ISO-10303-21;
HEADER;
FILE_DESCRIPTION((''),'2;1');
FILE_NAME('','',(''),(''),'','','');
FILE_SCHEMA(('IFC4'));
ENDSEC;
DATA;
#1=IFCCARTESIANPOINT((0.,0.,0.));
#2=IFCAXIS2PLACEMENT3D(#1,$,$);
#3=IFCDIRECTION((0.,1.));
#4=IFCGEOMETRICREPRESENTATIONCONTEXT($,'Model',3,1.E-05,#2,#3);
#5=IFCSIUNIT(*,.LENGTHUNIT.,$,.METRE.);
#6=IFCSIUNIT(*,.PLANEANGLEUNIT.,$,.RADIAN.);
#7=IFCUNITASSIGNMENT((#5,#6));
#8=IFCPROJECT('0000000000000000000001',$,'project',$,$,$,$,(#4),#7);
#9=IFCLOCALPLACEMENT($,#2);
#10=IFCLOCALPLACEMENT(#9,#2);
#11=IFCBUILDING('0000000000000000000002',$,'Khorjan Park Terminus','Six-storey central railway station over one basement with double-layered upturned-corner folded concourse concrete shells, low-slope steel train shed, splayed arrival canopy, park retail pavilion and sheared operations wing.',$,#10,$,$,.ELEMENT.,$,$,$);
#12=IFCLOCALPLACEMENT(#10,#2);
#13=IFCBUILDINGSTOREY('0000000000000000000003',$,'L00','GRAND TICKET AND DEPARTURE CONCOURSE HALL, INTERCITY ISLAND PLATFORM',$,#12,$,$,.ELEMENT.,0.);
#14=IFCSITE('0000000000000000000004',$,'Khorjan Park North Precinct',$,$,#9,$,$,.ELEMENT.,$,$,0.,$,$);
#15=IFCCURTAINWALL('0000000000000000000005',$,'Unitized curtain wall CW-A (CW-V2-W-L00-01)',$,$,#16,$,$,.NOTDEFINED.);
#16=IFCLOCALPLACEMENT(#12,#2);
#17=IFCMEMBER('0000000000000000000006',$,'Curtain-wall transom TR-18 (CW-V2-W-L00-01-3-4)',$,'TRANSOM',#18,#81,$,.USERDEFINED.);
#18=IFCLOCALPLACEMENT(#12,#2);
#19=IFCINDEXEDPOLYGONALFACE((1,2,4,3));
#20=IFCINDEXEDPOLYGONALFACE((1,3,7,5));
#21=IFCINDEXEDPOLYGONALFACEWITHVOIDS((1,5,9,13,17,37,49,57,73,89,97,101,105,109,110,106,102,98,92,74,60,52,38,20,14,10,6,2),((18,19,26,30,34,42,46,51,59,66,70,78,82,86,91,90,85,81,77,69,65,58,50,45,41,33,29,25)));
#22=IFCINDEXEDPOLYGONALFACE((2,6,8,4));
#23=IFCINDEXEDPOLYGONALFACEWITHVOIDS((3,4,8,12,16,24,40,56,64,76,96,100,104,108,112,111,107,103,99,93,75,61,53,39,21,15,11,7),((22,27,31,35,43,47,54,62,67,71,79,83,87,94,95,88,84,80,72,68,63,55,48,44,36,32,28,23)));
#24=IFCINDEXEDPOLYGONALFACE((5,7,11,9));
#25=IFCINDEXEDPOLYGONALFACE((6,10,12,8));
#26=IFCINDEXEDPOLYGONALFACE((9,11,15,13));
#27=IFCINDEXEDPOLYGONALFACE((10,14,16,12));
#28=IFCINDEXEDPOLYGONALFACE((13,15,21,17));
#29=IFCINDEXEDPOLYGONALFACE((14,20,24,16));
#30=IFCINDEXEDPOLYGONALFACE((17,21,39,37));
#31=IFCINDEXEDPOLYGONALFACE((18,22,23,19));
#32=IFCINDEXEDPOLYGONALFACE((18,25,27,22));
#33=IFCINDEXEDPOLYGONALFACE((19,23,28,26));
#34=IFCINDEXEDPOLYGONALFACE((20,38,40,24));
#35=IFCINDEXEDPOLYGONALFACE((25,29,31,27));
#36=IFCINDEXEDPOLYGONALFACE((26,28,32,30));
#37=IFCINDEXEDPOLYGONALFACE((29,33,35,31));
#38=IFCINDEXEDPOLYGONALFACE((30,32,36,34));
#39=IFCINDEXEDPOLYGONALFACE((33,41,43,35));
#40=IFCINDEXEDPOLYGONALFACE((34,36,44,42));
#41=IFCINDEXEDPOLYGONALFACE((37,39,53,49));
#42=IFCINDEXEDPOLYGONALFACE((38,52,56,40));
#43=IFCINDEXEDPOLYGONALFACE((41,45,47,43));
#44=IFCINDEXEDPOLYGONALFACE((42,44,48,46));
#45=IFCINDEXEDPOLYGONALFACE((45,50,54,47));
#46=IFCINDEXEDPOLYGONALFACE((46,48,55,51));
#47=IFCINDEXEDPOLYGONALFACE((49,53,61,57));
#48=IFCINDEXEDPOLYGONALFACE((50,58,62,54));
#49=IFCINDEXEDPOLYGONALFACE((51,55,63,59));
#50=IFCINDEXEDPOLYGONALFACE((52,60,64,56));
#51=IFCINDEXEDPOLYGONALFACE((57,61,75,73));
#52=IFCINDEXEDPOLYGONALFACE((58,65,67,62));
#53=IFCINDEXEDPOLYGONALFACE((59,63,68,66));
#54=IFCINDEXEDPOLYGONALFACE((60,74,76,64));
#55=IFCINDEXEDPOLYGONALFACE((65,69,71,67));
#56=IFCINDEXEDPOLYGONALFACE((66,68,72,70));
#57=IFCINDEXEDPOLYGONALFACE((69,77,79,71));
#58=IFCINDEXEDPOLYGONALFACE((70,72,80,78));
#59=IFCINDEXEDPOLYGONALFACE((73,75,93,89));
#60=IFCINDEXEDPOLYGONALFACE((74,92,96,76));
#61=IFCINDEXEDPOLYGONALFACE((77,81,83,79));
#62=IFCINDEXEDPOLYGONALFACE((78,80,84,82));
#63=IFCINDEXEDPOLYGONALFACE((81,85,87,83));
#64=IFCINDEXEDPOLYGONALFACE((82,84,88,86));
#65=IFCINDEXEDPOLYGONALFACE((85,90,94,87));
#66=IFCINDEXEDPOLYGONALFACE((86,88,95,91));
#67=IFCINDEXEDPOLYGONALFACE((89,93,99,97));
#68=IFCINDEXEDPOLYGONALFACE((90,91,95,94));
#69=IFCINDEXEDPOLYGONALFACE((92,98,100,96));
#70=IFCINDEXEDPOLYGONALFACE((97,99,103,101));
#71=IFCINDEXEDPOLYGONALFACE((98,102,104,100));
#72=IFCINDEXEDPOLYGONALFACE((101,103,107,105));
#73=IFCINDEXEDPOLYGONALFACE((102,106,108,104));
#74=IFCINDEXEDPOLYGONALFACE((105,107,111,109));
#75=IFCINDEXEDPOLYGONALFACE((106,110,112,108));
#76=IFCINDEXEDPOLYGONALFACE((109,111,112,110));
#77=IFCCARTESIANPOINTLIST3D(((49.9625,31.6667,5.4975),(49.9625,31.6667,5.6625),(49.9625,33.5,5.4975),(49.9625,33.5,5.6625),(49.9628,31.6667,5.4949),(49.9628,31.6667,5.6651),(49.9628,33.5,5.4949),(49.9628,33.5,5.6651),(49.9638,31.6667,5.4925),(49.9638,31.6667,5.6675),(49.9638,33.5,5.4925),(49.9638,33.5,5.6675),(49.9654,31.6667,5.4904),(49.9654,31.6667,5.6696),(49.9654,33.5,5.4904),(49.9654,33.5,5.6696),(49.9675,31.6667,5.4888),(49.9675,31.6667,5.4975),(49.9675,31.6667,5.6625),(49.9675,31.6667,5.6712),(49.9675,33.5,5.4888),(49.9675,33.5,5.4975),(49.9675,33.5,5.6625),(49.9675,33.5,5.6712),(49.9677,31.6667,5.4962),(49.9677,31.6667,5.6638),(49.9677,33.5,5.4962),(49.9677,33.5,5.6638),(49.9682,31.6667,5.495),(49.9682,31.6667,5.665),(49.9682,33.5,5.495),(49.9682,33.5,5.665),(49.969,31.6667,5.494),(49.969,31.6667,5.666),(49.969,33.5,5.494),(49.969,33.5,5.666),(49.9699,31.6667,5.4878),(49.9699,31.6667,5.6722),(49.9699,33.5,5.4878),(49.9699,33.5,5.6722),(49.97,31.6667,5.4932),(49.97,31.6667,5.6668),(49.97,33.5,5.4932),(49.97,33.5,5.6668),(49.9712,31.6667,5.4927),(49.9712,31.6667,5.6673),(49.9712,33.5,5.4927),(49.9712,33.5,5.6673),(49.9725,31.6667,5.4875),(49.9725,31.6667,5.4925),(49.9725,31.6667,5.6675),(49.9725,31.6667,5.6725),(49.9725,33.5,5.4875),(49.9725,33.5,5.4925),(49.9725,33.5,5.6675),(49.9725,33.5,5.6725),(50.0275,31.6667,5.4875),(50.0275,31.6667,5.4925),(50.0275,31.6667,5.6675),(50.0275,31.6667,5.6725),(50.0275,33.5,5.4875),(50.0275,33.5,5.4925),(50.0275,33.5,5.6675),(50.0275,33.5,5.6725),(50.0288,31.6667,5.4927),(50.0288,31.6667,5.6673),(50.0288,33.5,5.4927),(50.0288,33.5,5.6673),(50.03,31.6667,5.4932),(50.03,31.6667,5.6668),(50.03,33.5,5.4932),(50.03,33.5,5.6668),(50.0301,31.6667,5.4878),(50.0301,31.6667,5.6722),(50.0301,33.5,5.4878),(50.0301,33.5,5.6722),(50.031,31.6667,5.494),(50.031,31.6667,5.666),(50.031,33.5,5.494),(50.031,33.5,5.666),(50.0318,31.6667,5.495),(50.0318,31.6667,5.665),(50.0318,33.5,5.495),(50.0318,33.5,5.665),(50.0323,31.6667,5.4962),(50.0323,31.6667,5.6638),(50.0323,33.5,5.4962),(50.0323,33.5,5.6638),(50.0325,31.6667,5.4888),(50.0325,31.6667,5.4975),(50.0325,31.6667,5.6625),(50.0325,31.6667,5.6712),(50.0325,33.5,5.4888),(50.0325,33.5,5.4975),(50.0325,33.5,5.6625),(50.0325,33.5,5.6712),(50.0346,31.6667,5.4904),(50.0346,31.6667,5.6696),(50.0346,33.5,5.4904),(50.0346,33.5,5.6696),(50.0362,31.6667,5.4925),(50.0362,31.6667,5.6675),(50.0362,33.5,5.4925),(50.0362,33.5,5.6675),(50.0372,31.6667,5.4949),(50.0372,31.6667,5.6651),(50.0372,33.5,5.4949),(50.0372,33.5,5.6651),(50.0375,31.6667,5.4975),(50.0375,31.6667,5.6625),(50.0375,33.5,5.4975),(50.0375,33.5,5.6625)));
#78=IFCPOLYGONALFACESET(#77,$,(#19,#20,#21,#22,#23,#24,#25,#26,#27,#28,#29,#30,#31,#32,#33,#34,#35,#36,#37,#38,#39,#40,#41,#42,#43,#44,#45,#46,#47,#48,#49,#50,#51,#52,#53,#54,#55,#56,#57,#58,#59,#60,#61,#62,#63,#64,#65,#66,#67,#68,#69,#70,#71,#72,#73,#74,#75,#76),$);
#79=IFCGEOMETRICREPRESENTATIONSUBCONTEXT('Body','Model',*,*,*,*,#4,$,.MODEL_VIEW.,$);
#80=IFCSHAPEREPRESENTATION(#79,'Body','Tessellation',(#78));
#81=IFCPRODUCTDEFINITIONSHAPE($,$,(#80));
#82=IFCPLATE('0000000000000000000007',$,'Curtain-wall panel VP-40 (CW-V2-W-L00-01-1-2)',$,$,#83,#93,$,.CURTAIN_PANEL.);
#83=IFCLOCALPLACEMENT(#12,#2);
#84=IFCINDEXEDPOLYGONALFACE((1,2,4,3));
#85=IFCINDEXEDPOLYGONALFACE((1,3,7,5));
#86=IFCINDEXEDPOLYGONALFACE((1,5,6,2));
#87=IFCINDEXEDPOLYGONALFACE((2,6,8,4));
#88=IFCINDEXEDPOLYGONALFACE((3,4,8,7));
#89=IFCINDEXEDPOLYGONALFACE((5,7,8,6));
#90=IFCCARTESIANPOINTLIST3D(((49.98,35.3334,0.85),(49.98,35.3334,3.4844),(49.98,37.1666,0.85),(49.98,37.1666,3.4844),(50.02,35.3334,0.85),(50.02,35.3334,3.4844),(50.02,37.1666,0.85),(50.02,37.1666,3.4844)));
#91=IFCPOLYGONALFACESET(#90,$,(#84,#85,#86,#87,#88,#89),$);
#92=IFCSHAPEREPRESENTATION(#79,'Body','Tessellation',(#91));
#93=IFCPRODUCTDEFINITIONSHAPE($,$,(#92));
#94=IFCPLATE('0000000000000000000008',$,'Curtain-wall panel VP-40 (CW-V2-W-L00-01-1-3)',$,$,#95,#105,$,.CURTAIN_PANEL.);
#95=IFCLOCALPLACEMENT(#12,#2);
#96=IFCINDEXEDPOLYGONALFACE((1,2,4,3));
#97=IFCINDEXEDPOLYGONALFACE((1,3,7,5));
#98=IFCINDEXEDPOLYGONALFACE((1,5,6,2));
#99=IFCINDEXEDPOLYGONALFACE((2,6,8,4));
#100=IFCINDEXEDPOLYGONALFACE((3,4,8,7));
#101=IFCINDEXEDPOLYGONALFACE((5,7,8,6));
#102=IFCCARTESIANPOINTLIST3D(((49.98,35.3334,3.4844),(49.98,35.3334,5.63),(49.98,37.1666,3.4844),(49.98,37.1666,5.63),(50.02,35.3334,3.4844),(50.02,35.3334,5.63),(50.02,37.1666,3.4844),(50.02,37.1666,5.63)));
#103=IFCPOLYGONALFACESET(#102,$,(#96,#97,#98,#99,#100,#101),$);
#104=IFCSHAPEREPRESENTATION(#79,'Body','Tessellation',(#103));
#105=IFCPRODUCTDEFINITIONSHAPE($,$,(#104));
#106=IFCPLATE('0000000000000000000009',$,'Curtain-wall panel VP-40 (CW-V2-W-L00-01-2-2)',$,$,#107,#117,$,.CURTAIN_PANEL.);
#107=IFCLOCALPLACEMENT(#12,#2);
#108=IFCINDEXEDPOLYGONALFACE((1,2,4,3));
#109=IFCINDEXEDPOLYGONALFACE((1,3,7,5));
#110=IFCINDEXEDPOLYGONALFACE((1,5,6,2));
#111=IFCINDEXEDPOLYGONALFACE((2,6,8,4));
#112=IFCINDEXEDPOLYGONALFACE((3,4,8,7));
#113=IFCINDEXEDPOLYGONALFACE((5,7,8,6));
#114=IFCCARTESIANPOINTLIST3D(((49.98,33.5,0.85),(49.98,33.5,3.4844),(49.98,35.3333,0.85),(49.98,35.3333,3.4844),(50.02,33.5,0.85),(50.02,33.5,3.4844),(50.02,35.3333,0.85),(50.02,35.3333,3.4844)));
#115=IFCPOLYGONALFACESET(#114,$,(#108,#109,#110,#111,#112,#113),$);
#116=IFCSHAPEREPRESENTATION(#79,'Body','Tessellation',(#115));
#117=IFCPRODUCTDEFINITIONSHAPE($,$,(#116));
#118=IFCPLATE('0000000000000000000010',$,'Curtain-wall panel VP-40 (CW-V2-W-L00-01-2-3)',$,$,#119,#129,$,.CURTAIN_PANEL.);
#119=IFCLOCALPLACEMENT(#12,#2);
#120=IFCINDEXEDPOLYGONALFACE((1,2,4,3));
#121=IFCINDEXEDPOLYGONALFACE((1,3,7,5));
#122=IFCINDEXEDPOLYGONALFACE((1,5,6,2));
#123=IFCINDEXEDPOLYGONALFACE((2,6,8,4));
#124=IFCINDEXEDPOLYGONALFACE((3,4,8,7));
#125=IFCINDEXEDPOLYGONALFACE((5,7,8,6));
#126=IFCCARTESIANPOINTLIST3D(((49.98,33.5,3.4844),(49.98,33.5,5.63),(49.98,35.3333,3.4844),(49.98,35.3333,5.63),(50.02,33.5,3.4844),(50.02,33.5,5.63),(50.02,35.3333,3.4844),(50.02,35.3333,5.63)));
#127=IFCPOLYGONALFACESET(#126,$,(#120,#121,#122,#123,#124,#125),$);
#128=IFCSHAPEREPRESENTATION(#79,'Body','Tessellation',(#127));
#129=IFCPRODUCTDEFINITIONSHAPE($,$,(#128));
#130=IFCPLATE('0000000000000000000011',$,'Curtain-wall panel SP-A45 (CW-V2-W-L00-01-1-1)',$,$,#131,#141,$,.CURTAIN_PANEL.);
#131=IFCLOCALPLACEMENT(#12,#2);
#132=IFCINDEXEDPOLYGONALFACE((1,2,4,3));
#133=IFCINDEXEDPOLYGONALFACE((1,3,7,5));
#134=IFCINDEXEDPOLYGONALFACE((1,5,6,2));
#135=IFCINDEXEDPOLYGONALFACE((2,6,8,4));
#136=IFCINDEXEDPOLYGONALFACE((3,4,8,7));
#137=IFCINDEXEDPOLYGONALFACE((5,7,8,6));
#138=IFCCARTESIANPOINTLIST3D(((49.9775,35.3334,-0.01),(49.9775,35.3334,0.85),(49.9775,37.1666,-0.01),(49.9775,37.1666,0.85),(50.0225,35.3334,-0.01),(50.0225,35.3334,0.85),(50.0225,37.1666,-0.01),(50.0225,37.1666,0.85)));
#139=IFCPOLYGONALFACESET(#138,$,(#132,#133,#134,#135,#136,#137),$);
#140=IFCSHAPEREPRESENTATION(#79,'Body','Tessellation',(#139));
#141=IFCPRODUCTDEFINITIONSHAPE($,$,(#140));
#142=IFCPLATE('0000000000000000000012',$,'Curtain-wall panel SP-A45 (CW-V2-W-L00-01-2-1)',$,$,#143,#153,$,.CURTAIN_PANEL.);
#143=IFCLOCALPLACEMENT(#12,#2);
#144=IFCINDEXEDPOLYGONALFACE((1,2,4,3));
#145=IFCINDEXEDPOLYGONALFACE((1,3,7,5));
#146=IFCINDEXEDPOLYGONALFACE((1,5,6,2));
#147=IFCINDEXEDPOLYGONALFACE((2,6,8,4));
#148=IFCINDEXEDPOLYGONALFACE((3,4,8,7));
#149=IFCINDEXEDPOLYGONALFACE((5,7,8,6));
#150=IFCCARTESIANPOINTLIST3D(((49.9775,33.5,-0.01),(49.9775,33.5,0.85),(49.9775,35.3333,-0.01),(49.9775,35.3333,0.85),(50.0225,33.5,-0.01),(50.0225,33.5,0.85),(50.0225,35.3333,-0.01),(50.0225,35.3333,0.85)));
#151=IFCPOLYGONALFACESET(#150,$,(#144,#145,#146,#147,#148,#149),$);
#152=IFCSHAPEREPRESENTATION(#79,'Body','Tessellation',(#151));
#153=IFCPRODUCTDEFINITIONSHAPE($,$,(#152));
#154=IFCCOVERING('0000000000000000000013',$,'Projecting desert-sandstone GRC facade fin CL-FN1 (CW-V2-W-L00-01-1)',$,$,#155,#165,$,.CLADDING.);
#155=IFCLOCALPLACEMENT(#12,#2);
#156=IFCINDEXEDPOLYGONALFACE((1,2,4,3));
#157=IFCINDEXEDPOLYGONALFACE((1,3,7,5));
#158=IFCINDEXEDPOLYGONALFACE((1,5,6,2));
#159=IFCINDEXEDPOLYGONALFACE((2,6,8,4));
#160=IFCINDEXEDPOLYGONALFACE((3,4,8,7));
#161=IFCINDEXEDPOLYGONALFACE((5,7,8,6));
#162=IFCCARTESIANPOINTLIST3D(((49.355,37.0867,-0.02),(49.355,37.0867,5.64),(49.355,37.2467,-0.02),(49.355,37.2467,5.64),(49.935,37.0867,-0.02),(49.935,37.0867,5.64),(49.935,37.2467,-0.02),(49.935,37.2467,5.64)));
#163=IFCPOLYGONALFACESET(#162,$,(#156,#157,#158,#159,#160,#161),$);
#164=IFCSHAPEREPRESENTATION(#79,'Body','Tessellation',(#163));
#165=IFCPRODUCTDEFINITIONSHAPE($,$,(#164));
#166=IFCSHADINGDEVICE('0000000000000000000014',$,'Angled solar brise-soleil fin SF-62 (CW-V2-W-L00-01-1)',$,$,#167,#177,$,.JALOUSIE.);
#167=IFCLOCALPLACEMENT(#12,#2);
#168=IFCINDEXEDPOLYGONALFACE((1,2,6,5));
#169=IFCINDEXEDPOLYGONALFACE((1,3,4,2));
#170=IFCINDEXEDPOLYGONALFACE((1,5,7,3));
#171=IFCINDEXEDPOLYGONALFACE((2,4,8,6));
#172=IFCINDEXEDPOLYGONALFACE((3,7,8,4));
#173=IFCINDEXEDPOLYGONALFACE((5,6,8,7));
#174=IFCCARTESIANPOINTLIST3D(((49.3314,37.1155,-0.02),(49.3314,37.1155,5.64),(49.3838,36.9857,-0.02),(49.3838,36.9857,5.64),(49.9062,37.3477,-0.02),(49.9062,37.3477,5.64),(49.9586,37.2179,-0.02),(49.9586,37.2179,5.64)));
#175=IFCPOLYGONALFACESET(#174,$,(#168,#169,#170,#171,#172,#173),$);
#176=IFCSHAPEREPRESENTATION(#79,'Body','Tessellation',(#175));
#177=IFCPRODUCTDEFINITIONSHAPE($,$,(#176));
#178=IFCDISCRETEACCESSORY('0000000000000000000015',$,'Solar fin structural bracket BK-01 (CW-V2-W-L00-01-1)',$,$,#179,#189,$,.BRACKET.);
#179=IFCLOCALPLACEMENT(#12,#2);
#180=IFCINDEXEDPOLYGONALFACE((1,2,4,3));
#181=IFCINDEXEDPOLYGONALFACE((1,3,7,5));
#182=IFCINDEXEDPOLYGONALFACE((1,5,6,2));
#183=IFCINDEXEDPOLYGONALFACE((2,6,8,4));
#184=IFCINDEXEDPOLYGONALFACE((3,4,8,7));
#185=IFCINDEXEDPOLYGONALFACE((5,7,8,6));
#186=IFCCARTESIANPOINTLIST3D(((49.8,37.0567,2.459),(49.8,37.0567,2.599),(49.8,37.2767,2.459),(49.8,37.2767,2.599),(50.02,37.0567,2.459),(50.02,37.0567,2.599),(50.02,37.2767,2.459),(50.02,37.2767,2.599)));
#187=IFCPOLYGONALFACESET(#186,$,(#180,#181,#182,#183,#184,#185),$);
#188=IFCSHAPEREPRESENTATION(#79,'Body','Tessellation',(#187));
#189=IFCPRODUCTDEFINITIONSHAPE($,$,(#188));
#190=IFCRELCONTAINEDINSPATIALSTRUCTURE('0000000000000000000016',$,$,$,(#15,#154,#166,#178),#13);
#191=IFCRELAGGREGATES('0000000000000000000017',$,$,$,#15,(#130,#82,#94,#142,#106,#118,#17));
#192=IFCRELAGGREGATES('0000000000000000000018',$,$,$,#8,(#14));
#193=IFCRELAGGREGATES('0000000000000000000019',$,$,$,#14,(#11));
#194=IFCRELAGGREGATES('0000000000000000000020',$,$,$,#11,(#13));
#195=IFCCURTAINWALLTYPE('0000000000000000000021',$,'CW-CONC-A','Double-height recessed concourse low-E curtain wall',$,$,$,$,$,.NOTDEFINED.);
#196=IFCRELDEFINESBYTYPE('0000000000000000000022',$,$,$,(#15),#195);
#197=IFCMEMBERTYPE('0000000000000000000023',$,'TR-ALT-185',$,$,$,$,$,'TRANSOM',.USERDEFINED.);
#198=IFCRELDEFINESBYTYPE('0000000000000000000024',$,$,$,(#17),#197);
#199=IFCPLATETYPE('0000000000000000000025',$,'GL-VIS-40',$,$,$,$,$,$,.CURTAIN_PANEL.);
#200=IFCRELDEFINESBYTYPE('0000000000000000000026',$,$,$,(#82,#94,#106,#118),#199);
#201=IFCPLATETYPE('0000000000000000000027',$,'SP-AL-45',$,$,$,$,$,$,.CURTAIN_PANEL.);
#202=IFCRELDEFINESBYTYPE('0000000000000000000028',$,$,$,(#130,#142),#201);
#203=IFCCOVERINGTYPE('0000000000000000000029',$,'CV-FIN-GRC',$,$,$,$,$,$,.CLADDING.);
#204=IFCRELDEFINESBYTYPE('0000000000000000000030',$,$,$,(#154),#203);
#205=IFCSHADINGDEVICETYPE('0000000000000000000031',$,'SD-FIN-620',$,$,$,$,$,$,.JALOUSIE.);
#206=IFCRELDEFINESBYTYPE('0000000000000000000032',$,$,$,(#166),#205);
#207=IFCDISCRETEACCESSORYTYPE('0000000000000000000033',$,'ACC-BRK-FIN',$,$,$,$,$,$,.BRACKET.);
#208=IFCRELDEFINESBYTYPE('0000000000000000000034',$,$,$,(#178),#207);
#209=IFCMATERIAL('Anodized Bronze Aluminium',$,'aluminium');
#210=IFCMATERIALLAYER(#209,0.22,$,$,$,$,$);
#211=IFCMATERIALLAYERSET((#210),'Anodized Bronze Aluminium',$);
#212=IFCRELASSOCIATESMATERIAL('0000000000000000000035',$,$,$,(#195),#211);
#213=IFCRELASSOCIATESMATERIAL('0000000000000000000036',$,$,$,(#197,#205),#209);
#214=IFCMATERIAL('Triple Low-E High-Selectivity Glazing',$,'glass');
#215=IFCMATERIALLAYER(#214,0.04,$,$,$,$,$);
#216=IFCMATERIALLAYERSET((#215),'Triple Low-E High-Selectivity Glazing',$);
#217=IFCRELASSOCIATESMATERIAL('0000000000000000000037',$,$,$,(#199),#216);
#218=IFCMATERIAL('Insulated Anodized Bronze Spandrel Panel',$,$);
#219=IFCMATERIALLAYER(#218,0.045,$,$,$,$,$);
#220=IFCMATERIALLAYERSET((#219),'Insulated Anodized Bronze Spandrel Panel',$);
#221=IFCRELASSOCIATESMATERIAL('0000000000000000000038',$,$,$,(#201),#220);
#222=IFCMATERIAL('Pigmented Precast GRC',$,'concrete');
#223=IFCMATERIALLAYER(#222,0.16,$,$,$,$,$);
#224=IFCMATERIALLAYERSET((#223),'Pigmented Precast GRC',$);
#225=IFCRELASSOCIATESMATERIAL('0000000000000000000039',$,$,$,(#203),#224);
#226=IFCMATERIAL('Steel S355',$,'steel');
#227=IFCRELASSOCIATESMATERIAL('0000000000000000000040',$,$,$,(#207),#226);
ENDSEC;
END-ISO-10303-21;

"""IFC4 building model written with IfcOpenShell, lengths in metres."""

from ifc_helpers import new_model, si_unit, direction, frame, origin, origin_2d, place, context, subcontext, project, spatial, rectangle, hollow_rectangle, extrude, material, layer, layer_set, material_profile, profile_set, type_object, element, aggregate, save


model = new_model("IFC4")

# Units and contexts
model_context = context("Model", 3, precision=1e-05, world=origin(), true_north=direction((0.0, 1.0)))
body_context = subcontext(model_context, "Body", "Model", "MODEL_VIEW")
ifc_project = project(units=[si_unit("LENGTHUNIT", "METRE"), si_unit("PLANEANGLEUNIT", "RADIAN")], contexts=[model_context])

# Site, building, storey
site_placement = place(None, origin())
site = spatial("IfcSite", under=ifc_project, at=site_placement, Name="Khorjan Park North Precinct", CompositionType="ELEMENT", RefElevation=0.0)
building_placement = place(site_placement, origin())
building = spatial("IfcBuilding", under=site, at=building_placement, Name="Khorjan Park Terminus", Description="Six-storey central railway station over one basement with double-layered upturned-corner folded concourse concrete shells, low-slope steel train shed, splayed arrival canopy, park retail pavilion and sheared operations wing.", CompositionType="ELEMENT")
storey_placement = place(building_placement, origin())
storey = spatial("IfcBuildingStorey", under=building, at=storey_placement, Name="L00", Description="GRAND TICKET AND DEPARTURE CONCOURSE HALL, INTERCITY ISLAND PLATFORM", CompositionType="ELEMENT", Elevation=0.0)

# Shared definitions
ifc_material_1 = material(Name="Steel S355", Category="steel")

# Curtain wall, member, plates
ifc_material_2 = material(Name="Anodized Bronze Aluminium", Category="aluminium")
ifc_layer_1 = layer(ifc_material_2, 0.22)
ifc_layer_set_1 = layer_set([ifc_layer_1], Name="Anodized Bronze Aluminium")
curtain_wall_type = type_object("IfcCurtainWallType", Name="CW-CONC-A", Description="Double-height recessed concourse low-E curtain wall", PredefinedType="NOTDEFINED", material=ifc_layer_set_1)
curtain_wall_placement = place(storey_placement, origin())
curtain_wall = element("IfcCurtainWall", 1, at=curtain_wall_placement, inside=storey, type_object=curtain_wall_type, Name="Unitized curtain wall CW-A (CW-V2-W-L00-01)", PredefinedType="NOTDEFINED")
ifc_material_profile_1 = material_profile(ifc_material_2, hollow_rectangle(XDim=0.075, YDim=0.185, WallThickness=0.005, InnerFilletRadius=0.005, OuterFilletRadius=0.01, at=origin_2d()), Name="ALT 75x185x5")
ifc_profile_set_1 = profile_set([ifc_material_profile_1], Name="Anodized Bronze Aluminium")
member_type_1 = type_object("IfcMemberType", Name="TR-ALT-185", ElementType="TRANSOM", PredefinedType="USERDEFINED", material=ifc_profile_set_1)
member_1_placement = place(storey_placement, frame((50.0, 33.5, 5.58), z_axis=(0.0, -1.0, 0.0), x_axis=(1.0, 0.0, 0.0)))
member_1 = element("IfcMember", 2, at=member_1_placement, type_object=member_type_1, Name="Curtain-wall transom TR-18 (CW-V2-W-L00-01-3-4)", ObjectType="TRANSOM", PredefinedType="USERDEFINED", context=body_context, shape_type="SweptSolid", body=[
    extrude(hollow_rectangle(XDim=0.075, YDim=0.185, WallThickness=0.005, InnerFilletRadius=0.005, OuterFilletRadius=0.01, at=origin_2d()), origin(), (0.0, 0.0, 1.0), 1.8333),
])
ifc_material_3 = material(Name="Triple Low-E High-Selectivity Glazing", Category="glass")
ifc_layer_2 = layer(ifc_material_3, 0.04)
ifc_layer_set_2 = layer_set([ifc_layer_2], Name="Triple Low-E High-Selectivity Glazing")
plate_type_1 = type_object("IfcPlateType", Name="GL-VIS-40", PredefinedType="CURTAIN_PANEL", material=ifc_layer_set_2)
plate_1_placement = place(storey_placement, frame((50.0, 36.25, 0.85), z_axis=(0.0, 0.0, 1.0), x_axis=(0.0, -1.0, 0.0)))
plate_1 = element("IfcPlate", 3, at=plate_1_placement, type_object=plate_type_1, Name="Curtain-wall panel VP-40 (CW-V2-W-L00-01-1-2)", PredefinedType="CURTAIN_PANEL", context=body_context, shape_type="SweptSolid", body=[
    extrude(rectangle(XDim=1.8333, YDim=0.04, at=origin_2d()), origin(), (0.0, 0.0, 1.0), 2.6344),
])
plate_2_placement = place(storey_placement, frame((50.0, 36.25, 3.4844), z_axis=(0.0, 0.0, 1.0), x_axis=(0.0, -1.0, 0.0)))
plate_2 = element("IfcPlate", 4, at=plate_2_placement, type_object=plate_type_1, Name="Curtain-wall panel VP-40 (CW-V2-W-L00-01-1-3)", PredefinedType="CURTAIN_PANEL", context=body_context, shape_type="SweptSolid", body=[
    extrude(rectangle(XDim=1.8333, YDim=0.04, at=origin_2d()), origin(), (0.0, 0.0, 1.0), 2.1456),
])
plate_3_placement = place(storey_placement, frame((50.0, 34.4167, 0.85), z_axis=(0.0, 0.0, 1.0), x_axis=(0.0, -1.0, 0.0)))
plate_3 = element("IfcPlate", 5, at=plate_3_placement, type_object=plate_type_1, Name="Curtain-wall panel VP-40 (CW-V2-W-L00-01-2-2)", PredefinedType="CURTAIN_PANEL", context=body_context, shape_type="SweptSolid", body=[
    extrude(rectangle(XDim=1.8333, YDim=0.04, at=origin_2d()), origin(), (0.0, 0.0, 1.0), 2.6344),
])
plate_4_placement = place(storey_placement, frame((50.0, 34.4167, 3.4844), z_axis=(0.0, 0.0, 1.0), x_axis=(0.0, -1.0, 0.0)))
plate_4 = element("IfcPlate", 6, at=plate_4_placement, type_object=plate_type_1, Name="Curtain-wall panel VP-40 (CW-V2-W-L00-01-2-3)", PredefinedType="CURTAIN_PANEL", context=body_context, shape_type="SweptSolid", body=[
    extrude(rectangle(XDim=1.8333, YDim=0.04, at=origin_2d()), origin(), (0.0, 0.0, 1.0), 2.1456),
])
ifc_material_4 = material(Name="Insulated Anodized Bronze Spandrel Panel")
ifc_layer_3 = layer(ifc_material_4, 0.045)
ifc_layer_set_3 = layer_set([ifc_layer_3], Name="Insulated Anodized Bronze Spandrel Panel")
plate_type_2 = type_object("IfcPlateType", Name="SP-AL-45", PredefinedType="CURTAIN_PANEL", material=ifc_layer_set_3)
plate_5_placement = place(storey_placement, frame((50.0, 36.25, -0.01), z_axis=(0.0, 0.0, 1.0), x_axis=(0.0, -1.0, 0.0)))
plate_5 = element("IfcPlate", 7, at=plate_5_placement, type_object=plate_type_2, Name="Curtain-wall panel SP-A45 (CW-V2-W-L00-01-1-1)", PredefinedType="CURTAIN_PANEL", context=body_context, shape_type="SweptSolid", body=[
    extrude(rectangle(XDim=1.8333, YDim=0.045, at=origin_2d()), origin(), (0.0, 0.0, 1.0), 0.86),
])
plate_6_placement = place(storey_placement, frame((50.0, 34.4167, -0.01), z_axis=(0.0, 0.0, 1.0), x_axis=(0.0, -1.0, 0.0)))
plate_6 = element("IfcPlate", 8, at=plate_6_placement, type_object=plate_type_2, Name="Curtain-wall panel SP-A45 (CW-V2-W-L00-01-2-1)", PredefinedType="CURTAIN_PANEL", context=body_context, shape_type="SweptSolid", body=[
    extrude(rectangle(XDim=1.8333, YDim=0.045, at=origin_2d()), origin(), (0.0, 0.0, 1.0), 0.86),
])
aggregate(curtain_wall, [plate_5, plate_1, plate_2, plate_6, plate_3, plate_4, member_1])

# Covering
ifc_material_5 = material(Name="Pigmented Precast GRC", Category="concrete")
ifc_layer_4 = layer(ifc_material_5, 0.16)
ifc_layer_set_4 = layer_set([ifc_layer_4], Name="Pigmented Precast GRC")
covering_type = type_object("IfcCoveringType", Name="CV-FIN-GRC", PredefinedType="CLADDING", material=ifc_layer_set_4)
covering_placement = place(storey_placement, frame((49.645, 37.1667, -0.02), z_axis=(0.0, 0.0, 1.0), x_axis=(1.0, 0.0, 0.0)))
element("IfcCovering", 9, at=covering_placement, inside=storey, type_object=covering_type, Name="Projecting desert-sandstone GRC facade fin CL-FN1 (CW-V2-W-L00-01-1)", PredefinedType="CLADDING", context=body_context, shape_type="SweptSolid", body=[
    extrude(rectangle(XDim=0.58, YDim=0.16, at=origin_2d()), origin(), (0.0, 0.0, 1.0), 5.66),
])

# Shading device
shading_device_type = type_object("IfcShadingDeviceType", Name="SD-FIN-620", PredefinedType="JALOUSIE", material=ifc_material_2)
shading_device_placement = place(storey_placement, frame((49.645, 37.1667, -0.02), z_axis=(0.0, 0.0, 1.0), x_axis=(0.927184, 0.374607, 0.0)))
element("IfcShadingDevice", 10, at=shading_device_placement, inside=storey, type_object=shading_device_type, Name="Angled solar brise-soleil fin SF-62 (CW-V2-W-L00-01-1)", PredefinedType="JALOUSIE", context=body_context, shape_type="SweptSolid", body=[
    extrude(rectangle(XDim=0.62, YDim=0.14, at=origin_2d()), origin(), (0.0, 0.0, 1.0), 5.66),
])

# Discrete accessory
discrete_accessory_type = type_object("IfcDiscreteAccessoryType", Name="ACC-BRK-FIN", PredefinedType="BRACKET", material=ifc_material_1)
discrete_accessory_placement = place(storey_placement, frame((49.91, 37.1667, 2.459), z_axis=(0.0, 0.0, 1.0), x_axis=(0.0, -1.0, 0.0)))
element("IfcDiscreteAccessory", 11, at=discrete_accessory_placement, inside=storey, type_object=discrete_accessory_type, Name="Solar fin structural bracket BK-01 (CW-V2-W-L00-01-1)", PredefinedType="BRACKET", context=body_context, shape_type="SweptSolid", body=[
    extrude(rectangle(XDim=0.22, YDim=0.22, at=origin_2d()), origin(), (0.0, 0.0, 1.0), 0.14),
])

save(model, "model.ifc")
